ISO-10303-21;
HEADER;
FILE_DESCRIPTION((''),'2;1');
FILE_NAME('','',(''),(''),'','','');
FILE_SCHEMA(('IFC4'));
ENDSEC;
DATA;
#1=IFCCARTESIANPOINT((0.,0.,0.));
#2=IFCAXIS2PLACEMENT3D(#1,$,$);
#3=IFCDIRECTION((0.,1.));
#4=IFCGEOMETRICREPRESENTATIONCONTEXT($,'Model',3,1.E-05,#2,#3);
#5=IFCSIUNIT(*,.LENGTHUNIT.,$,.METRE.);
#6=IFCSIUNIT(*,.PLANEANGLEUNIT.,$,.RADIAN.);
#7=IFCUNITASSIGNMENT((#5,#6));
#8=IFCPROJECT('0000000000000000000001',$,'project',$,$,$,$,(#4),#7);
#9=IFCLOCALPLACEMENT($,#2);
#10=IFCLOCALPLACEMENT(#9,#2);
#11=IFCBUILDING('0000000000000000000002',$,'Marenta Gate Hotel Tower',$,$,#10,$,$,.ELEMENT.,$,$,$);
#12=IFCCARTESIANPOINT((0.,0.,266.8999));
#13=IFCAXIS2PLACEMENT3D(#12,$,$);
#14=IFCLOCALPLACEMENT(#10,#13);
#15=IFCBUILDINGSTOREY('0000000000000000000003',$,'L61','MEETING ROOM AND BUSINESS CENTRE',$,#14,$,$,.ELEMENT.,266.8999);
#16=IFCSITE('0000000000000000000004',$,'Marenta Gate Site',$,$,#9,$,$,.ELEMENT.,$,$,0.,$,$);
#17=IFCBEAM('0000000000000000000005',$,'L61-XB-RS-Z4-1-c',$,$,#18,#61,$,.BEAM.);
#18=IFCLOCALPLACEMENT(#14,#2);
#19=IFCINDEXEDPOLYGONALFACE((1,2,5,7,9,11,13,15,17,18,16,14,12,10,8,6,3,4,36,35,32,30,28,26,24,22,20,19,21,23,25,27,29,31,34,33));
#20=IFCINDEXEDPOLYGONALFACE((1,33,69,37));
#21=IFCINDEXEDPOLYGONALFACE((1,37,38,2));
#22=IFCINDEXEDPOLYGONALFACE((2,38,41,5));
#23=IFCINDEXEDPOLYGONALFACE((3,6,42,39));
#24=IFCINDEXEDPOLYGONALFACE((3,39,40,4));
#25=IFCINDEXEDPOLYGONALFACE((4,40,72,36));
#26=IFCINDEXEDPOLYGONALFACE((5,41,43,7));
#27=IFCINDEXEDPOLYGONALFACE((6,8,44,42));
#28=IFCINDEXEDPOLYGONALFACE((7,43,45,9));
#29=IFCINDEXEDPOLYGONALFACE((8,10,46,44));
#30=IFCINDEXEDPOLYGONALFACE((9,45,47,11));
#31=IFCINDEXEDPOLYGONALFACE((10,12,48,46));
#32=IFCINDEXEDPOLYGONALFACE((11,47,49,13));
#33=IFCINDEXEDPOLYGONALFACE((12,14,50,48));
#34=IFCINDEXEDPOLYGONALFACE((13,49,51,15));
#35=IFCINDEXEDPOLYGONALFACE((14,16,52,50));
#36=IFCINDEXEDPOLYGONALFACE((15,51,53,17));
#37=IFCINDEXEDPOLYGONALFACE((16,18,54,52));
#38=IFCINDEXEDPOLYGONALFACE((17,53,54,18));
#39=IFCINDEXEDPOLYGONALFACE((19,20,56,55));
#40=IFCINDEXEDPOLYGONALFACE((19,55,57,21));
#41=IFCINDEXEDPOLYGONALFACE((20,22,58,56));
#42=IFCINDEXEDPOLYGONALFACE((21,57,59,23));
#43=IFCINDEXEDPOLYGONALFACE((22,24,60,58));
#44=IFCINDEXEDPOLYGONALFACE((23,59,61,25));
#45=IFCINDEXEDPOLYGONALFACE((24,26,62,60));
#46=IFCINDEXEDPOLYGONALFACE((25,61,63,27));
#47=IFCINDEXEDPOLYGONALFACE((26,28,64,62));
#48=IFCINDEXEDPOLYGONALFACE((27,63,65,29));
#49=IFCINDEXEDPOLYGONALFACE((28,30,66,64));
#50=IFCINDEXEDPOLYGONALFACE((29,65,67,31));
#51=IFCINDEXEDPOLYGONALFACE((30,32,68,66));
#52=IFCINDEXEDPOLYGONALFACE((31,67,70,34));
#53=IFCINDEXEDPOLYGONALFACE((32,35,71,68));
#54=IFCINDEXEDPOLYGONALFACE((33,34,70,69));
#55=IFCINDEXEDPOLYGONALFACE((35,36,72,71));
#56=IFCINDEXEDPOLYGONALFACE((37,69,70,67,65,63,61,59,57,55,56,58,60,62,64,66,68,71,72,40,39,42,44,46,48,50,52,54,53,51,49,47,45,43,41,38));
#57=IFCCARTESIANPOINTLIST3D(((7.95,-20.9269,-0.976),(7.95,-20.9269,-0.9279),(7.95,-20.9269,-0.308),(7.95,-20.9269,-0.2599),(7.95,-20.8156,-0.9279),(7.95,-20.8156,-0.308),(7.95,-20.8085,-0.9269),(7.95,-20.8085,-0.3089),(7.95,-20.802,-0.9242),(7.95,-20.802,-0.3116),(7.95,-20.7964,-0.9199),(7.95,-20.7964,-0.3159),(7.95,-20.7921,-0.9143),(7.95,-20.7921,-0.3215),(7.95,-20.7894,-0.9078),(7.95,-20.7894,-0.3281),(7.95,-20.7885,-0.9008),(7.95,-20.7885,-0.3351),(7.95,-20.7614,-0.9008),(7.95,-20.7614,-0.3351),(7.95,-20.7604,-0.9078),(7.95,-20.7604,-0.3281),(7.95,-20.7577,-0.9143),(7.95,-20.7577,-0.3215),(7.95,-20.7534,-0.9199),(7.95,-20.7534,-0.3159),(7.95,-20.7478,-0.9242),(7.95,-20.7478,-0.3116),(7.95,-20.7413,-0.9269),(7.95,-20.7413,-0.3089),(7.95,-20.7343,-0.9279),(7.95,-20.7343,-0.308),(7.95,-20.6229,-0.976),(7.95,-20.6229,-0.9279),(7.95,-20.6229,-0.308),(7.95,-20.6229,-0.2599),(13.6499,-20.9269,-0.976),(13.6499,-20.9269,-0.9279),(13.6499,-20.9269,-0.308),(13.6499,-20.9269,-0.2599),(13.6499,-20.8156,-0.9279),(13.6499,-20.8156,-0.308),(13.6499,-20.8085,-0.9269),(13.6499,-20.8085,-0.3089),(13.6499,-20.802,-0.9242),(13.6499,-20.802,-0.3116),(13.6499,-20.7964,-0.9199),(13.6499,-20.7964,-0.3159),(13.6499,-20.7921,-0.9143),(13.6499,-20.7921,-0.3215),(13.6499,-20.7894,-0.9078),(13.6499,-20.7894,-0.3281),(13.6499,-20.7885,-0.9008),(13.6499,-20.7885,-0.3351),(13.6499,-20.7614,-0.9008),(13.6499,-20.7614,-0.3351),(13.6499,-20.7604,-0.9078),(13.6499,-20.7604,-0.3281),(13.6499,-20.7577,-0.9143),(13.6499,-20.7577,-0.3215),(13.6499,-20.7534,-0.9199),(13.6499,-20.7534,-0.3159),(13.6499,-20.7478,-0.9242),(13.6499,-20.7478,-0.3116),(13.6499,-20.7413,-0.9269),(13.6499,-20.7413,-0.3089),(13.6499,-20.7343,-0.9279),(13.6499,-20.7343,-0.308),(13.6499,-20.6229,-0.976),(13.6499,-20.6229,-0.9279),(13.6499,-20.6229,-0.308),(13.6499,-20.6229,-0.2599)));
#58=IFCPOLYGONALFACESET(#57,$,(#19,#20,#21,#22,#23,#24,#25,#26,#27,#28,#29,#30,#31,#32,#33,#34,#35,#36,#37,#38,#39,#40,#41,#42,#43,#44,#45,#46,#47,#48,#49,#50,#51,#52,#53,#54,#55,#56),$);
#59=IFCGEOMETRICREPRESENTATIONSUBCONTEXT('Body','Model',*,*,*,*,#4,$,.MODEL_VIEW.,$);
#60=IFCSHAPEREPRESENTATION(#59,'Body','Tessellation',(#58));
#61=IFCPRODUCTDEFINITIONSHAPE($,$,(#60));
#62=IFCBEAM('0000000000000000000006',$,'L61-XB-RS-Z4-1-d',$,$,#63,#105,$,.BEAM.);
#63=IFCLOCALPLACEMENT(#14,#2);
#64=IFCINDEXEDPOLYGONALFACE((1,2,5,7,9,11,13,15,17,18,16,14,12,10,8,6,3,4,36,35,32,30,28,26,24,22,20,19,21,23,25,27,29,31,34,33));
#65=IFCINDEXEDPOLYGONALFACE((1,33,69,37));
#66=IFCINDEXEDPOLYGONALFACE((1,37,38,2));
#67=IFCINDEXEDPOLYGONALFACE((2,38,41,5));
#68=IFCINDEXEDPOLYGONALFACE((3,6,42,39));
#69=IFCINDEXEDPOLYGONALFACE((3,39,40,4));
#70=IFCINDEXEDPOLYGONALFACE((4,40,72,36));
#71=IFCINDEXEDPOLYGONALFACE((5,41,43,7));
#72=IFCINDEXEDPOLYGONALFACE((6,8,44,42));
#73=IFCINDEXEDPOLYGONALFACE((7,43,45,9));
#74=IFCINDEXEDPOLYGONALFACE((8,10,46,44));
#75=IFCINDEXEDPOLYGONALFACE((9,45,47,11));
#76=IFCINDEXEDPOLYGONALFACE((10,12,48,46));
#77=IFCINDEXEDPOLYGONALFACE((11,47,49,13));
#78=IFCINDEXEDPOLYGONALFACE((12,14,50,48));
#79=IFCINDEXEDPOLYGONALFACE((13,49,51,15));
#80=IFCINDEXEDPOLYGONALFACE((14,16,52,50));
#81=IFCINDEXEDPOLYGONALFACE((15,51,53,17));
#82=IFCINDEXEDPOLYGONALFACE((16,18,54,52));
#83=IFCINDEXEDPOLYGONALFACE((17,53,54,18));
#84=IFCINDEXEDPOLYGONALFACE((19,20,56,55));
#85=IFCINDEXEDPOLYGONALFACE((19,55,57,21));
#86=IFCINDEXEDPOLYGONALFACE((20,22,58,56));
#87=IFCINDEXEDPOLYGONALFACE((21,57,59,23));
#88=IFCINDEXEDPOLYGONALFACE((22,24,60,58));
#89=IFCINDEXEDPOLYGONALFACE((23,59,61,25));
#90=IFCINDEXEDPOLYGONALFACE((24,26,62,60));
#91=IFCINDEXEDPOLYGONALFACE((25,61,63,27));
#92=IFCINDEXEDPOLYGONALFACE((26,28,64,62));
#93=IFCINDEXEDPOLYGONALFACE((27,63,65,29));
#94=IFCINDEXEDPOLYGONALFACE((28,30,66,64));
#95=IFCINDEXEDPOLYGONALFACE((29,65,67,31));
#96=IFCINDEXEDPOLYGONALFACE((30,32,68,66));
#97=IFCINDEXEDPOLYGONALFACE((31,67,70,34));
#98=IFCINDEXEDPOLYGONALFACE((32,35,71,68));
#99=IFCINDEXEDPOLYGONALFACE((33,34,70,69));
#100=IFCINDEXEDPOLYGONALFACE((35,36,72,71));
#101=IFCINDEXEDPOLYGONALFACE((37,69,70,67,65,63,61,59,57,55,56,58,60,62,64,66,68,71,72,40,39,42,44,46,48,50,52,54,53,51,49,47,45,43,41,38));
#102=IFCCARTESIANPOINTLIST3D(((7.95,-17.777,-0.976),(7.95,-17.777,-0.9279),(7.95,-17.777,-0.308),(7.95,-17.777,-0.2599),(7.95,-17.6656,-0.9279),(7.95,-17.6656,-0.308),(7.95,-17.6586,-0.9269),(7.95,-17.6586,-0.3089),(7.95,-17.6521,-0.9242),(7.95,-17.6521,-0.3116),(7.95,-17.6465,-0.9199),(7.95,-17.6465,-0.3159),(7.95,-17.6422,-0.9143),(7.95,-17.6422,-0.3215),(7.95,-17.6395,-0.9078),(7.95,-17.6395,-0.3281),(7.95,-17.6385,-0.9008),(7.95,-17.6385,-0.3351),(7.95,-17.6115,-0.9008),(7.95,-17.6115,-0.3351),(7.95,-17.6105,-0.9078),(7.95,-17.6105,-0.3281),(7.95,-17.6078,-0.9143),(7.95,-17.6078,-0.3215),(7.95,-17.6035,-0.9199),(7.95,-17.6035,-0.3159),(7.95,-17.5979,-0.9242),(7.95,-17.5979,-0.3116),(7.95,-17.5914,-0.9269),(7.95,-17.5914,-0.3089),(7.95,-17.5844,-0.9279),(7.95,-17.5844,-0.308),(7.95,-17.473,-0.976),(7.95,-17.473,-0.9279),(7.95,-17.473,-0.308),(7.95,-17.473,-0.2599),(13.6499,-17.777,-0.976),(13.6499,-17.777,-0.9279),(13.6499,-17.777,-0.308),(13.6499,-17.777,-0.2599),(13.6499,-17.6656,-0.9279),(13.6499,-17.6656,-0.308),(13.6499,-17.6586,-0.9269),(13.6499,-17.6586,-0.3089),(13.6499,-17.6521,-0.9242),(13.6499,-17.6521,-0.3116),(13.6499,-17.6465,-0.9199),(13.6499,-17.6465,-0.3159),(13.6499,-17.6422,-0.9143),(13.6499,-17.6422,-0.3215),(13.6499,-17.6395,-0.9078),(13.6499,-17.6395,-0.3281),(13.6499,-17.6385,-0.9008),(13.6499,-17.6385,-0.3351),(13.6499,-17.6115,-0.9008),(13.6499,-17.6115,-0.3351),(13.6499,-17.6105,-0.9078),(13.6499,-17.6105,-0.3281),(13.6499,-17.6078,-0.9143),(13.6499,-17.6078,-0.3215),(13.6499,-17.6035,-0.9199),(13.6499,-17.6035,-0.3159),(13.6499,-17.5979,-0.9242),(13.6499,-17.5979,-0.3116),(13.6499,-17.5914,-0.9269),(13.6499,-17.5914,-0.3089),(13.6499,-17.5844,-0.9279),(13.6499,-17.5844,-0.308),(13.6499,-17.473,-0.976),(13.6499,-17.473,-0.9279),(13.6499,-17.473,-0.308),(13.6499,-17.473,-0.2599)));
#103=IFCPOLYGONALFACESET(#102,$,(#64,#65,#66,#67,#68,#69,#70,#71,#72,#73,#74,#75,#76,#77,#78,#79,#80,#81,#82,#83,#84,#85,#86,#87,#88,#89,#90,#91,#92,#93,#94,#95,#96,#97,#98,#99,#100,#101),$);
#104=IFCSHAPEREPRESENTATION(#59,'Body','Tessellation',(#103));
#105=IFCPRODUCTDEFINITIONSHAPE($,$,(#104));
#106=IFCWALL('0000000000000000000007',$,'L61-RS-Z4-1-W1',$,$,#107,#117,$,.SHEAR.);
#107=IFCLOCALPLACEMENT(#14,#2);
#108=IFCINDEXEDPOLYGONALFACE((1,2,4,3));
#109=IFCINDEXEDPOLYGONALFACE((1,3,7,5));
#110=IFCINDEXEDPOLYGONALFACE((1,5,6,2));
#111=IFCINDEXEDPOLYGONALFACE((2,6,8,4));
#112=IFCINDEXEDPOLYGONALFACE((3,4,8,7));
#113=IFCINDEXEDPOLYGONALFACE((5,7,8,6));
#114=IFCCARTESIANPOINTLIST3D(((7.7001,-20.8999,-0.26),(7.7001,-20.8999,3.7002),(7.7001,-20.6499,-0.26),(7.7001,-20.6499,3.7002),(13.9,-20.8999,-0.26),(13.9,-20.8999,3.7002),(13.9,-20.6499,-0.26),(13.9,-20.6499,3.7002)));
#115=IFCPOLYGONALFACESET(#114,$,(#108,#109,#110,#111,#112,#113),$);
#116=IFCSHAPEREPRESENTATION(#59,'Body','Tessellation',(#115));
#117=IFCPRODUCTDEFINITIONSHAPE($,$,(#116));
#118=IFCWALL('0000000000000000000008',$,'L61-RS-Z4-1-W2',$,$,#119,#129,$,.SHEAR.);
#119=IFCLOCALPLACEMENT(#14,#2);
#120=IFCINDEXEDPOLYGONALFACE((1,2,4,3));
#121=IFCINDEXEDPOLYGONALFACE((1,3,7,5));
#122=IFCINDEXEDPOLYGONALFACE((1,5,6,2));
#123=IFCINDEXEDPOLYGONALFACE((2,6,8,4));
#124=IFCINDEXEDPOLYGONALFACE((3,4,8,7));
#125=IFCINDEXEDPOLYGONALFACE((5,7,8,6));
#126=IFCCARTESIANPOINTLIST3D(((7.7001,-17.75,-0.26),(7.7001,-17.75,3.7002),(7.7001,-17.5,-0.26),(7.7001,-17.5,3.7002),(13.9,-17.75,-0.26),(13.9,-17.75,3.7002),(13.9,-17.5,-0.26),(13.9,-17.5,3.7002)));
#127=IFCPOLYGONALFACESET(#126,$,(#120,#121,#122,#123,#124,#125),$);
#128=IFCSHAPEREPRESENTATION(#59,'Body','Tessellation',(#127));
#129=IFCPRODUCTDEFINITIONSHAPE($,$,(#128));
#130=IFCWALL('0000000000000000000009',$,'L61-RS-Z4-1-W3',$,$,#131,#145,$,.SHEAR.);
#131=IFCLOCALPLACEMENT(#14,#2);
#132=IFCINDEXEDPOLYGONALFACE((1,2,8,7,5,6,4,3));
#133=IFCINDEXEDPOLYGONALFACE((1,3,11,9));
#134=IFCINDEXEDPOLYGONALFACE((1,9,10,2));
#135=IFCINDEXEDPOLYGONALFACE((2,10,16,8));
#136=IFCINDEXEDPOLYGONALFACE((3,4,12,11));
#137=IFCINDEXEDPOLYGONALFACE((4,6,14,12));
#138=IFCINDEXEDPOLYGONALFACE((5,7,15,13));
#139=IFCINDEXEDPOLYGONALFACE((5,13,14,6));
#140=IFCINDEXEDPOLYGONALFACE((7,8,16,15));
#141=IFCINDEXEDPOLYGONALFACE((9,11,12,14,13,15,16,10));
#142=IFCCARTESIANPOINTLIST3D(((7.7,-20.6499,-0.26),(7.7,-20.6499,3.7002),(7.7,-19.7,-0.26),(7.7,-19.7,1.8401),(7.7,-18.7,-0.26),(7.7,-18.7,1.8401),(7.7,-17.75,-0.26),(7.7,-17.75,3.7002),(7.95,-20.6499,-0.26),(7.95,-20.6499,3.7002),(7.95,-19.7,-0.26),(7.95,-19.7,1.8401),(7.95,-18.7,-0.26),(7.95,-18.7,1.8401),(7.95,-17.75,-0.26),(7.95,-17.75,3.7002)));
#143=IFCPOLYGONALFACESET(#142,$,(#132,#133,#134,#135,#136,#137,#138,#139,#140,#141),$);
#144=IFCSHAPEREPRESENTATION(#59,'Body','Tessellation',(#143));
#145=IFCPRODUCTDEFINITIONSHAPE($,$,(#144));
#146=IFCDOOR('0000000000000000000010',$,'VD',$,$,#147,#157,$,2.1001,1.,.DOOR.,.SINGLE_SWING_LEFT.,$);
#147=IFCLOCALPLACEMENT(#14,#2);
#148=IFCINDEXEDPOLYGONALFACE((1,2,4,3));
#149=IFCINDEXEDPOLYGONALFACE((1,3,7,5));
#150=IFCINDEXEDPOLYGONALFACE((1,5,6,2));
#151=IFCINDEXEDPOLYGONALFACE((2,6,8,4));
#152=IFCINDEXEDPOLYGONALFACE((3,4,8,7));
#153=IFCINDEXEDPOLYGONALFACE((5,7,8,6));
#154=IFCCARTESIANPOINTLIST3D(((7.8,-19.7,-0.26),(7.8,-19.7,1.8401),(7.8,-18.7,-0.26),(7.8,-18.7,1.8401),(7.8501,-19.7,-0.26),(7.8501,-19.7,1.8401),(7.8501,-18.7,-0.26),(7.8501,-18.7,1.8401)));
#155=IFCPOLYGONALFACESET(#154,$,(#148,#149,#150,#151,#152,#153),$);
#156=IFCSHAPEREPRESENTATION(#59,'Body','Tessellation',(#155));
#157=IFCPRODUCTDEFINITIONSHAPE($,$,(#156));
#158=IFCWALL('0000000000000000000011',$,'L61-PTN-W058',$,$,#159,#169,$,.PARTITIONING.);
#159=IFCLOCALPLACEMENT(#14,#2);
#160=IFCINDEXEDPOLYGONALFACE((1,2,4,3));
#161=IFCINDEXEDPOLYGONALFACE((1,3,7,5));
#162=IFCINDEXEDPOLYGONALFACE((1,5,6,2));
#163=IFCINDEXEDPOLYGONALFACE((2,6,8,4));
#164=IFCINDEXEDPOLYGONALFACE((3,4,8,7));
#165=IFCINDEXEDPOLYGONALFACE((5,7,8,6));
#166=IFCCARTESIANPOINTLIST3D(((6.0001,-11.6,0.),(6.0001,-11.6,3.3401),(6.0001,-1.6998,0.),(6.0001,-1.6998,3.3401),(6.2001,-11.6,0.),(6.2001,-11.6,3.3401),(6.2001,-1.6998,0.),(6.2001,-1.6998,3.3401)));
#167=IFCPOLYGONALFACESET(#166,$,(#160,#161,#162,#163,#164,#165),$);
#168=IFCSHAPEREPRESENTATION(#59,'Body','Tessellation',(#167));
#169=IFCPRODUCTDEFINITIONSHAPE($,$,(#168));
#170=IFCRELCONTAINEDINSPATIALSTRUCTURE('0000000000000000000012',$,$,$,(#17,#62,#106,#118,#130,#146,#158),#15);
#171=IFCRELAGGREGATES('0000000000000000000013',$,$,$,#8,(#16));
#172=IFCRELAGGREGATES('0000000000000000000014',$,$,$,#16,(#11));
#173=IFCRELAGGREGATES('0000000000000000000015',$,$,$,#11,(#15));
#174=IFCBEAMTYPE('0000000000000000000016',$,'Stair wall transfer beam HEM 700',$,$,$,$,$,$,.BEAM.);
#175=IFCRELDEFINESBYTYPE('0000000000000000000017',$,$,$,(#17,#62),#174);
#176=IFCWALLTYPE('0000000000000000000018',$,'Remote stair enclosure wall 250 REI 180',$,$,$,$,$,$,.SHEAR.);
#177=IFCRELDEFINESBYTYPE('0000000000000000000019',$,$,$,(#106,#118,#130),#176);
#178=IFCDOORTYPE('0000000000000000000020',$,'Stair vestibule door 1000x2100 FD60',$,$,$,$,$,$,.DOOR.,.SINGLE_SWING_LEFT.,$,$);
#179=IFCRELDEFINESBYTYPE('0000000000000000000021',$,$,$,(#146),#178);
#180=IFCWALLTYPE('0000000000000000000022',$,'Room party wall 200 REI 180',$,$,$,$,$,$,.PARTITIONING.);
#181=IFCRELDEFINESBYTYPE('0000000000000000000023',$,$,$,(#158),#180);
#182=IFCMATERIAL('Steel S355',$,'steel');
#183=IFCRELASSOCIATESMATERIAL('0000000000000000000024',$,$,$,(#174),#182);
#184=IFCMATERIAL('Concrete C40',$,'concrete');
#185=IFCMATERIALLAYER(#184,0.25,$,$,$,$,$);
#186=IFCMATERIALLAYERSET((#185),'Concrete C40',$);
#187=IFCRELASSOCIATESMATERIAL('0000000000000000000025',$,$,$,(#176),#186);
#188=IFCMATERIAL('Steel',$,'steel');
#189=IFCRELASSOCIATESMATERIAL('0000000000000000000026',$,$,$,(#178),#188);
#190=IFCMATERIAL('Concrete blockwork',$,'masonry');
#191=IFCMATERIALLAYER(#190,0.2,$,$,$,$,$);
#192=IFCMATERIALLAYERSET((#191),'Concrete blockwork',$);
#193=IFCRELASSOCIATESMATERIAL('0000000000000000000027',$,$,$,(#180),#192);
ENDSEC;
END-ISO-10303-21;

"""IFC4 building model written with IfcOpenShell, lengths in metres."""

from ifc_helpers import new_model, si_unit, direction, frame, frame_2d, origin, origin_2d, place, context, subcontext, project, spatial, rectangle, i_section, extrude, material, layer, layer_set, material_profile, profile_set, type_object, element, fill, save


model = new_model("IFC4")

# Units and contexts
model_context = context("Model", 3, precision=1e-05, world=origin(), true_north=direction((0.0, 1.0)))
body_context = subcontext(model_context, "Body", "Model", "MODEL_VIEW")
ifc_project = project(units=[si_unit("LENGTHUNIT", "METRE"), si_unit("PLANEANGLEUNIT", "RADIAN")], contexts=[model_context])

# Site, building, storey
site_placement = place(None, origin())
site = spatial("IfcSite", under=ifc_project, at=site_placement, Name="Marenta Gate Site", CompositionType="ELEMENT", RefElevation=0.0)
building_placement = place(site_placement, origin())
building = spatial("IfcBuilding", under=site, at=building_placement, Name="Marenta Gate Hotel Tower", CompositionType="ELEMENT")
storey_placement = place(building_placement, frame((0.0, 0.0, 266.8999)))
storey = spatial("IfcBuildingStorey", under=building, at=storey_placement, Name="L61", Description="MEETING ROOM AND BUSINESS CENTRE", CompositionType="ELEMENT", Elevation=266.8999)

# Beams
ifc_material_1 = material(Name="Steel S355", Category="steel")
ifc_material_profile = material_profile(ifc_material_1, i_section(OverallWidth=0.304, OverallDepth=0.7161, WebThickness=0.0271, FlangeThickness=0.0481, FilletRadius=0.0271, at=origin_2d()), Name="HEM 700")
ifc_profile_set = profile_set([ifc_material_profile], Name="Steel S355")
beam_type = type_object("IfcBeamType", Name="Stair wall transfer beam HEM 700", PredefinedType="BEAM", material=ifc_profile_set)
for number, where, z_axis, x_axis, name in (
    (1, (7.95, -20.7749, -0.6179), (1.0, 0.0, 0.0), (0.0, 1.0, 0.0), "L61-XB-RS-Z4-1-c"),
    (2, (7.95, -17.625, -0.6179), (1.0, 0.0, 0.0), (0.0, 1.0, 0.0), "L61-XB-RS-Z4-1-d"),
):
    element("IfcBeam", number, at=place(storey_placement, frame(where, z_axis=z_axis, x_axis=x_axis)), inside=storey, type_object=beam_type, Name=name, PredefinedType="BEAM", context=body_context, shape_type="SweptSolid", body=[
        extrude(i_section(OverallWidth=0.304, OverallDepth=0.7161, WebThickness=0.0271, FlangeThickness=0.0481, FilletRadius=0.0271, at=origin_2d()), origin(), (0.0, 0.0, 1.0), 5.7),
    ])

# Walls
ifc_material_2 = material(Name="Concrete C40", Category="concrete")
ifc_layer_1 = layer(ifc_material_2, 0.25)
ifc_layer_set_1 = layer_set([ifc_layer_1], Name="Concrete C40")
wall_type_1 = type_object("IfcWallType", Name="Remote stair enclosure wall 250 REI 180", PredefinedType="SHEAR", material=ifc_layer_set_1)
for number, where, z_axis, x_axis, name in (
    (3, (7.7, -20.7749, -0.26), (0.0, 0.0, 1.0), (1.0, 0.0, 0.0), "L61-RS-Z4-1-W1"),
    (4, (7.7, -17.625, -0.26), (0.0, 0.0, 1.0), (1.0, 0.0, 0.0), "L61-RS-Z4-1-W2"),
):
    element("IfcWall", number, at=place(storey_placement, frame(where, z_axis=z_axis, x_axis=x_axis)), inside=storey, type_object=wall_type_1, Name=name, PredefinedType="SHEAR", context=body_context, shape_type="SweptSolid", body=[
        extrude(rectangle(XDim=6.2, YDim=0.25, at=frame_2d((3.1001, 0.0))), origin(), (0.0, 0.0, 1.0), 3.9602),
    ])

# Wall, opening, door
wall_1_placement = place(storey_placement, frame((7.825, -20.6499, -0.26), z_axis=(0.0, 0.0, 1.0), x_axis=(0.0, 1.0, 0.0)))
wall_1 = element("IfcWall", 5, at=wall_1_placement, inside=storey, type_object=wall_type_1, Name="L61-RS-Z4-1-W3", PredefinedType="SHEAR", context=body_context, shape_type="SweptSolid", body=[
    extrude(rectangle(XDim=2.8999, YDim=0.25, at=frame_2d((1.45, 0.0))), origin(), (0.0, 0.0, 1.0), 3.9602),
])
opening_1_placement = place(wall_1_placement, frame((0.95, 0.0, 0.0)))
opening_1 = element("IfcOpeningElement", 6, at=opening_1_placement, cuts=wall_1, PredefinedType="OPENING", context=body_context, shape_type="SweptSolid", body=[
    extrude(rectangle(XDim=1.0, YDim=2.1001, at=frame_2d((0.5, 1.05))), frame((0.0, 0.125, 0.0), z_axis=(0.0, -1.0, 0.0), x_axis=(1.0, 0.0, 0.0)), (0.0, 0.0, 1.0), 0.25),
])
ifc_material_3 = material(Name="Steel", Category="steel")
door_type_1 = type_object("IfcDoorType", Name="Stair vestibule door 1000x2100 FD60", OperationType="SINGLE_SWING_LEFT", PredefinedType="DOOR", material=ifc_material_3)
door_1_placement = place(opening_1_placement, origin())
door_1 = element("IfcDoor", 7, at=door_1_placement, inside=storey, type_object=door_type_1, Name="VD", OperationType="SINGLE_SWING_LEFT", OverallHeight=2.1001, OverallWidth=1.0, PredefinedType="DOOR", context=body_context, shape_type="SweptSolid", body=[
    extrude(rectangle(XDim=1.0, YDim=2.1001, at=frame_2d((0.5, 1.05))), frame((0.0, 0.0249, 0.0), z_axis=(0.0, -1.0, 0.0), x_axis=(1.0, 0.0, 0.0)), (0.0, 0.0, 1.0), 0.05),
])
fill(opening_1, door_1)
ifc_material_4 = material(Name="Concrete blockwork", Category="masonry")
ifc_layer_2 = layer(ifc_material_4, 0.2)
ifc_layer_set_2 = layer_set([ifc_layer_2], Name="Concrete blockwork")
wall_type_2 = type_object("IfcWallType", Name="Room party wall 200 REI 180", PredefinedType="PARTITIONING", material=ifc_layer_set_2)

# Wall
wall_2_placement = place(storey_placement, frame((6.1001, -11.6001, 0.0), z_axis=(0.0, 0.0, 1.0), x_axis=(0.0, 1.0, 0.0)))
element("IfcWall", 8, at=wall_2_placement, inside=storey, type_object=wall_type_2, Name="L61-PTN-W058", PredefinedType="PARTITIONING", context=body_context, shape_type="SweptSolid", body=[
    extrude(rectangle(XDim=9.9001, YDim=0.2, at=frame_2d((4.9502, 0.0))), origin(), (0.0, 0.0, 1.0), 3.3401),
])

save(model, "model.ifc")
